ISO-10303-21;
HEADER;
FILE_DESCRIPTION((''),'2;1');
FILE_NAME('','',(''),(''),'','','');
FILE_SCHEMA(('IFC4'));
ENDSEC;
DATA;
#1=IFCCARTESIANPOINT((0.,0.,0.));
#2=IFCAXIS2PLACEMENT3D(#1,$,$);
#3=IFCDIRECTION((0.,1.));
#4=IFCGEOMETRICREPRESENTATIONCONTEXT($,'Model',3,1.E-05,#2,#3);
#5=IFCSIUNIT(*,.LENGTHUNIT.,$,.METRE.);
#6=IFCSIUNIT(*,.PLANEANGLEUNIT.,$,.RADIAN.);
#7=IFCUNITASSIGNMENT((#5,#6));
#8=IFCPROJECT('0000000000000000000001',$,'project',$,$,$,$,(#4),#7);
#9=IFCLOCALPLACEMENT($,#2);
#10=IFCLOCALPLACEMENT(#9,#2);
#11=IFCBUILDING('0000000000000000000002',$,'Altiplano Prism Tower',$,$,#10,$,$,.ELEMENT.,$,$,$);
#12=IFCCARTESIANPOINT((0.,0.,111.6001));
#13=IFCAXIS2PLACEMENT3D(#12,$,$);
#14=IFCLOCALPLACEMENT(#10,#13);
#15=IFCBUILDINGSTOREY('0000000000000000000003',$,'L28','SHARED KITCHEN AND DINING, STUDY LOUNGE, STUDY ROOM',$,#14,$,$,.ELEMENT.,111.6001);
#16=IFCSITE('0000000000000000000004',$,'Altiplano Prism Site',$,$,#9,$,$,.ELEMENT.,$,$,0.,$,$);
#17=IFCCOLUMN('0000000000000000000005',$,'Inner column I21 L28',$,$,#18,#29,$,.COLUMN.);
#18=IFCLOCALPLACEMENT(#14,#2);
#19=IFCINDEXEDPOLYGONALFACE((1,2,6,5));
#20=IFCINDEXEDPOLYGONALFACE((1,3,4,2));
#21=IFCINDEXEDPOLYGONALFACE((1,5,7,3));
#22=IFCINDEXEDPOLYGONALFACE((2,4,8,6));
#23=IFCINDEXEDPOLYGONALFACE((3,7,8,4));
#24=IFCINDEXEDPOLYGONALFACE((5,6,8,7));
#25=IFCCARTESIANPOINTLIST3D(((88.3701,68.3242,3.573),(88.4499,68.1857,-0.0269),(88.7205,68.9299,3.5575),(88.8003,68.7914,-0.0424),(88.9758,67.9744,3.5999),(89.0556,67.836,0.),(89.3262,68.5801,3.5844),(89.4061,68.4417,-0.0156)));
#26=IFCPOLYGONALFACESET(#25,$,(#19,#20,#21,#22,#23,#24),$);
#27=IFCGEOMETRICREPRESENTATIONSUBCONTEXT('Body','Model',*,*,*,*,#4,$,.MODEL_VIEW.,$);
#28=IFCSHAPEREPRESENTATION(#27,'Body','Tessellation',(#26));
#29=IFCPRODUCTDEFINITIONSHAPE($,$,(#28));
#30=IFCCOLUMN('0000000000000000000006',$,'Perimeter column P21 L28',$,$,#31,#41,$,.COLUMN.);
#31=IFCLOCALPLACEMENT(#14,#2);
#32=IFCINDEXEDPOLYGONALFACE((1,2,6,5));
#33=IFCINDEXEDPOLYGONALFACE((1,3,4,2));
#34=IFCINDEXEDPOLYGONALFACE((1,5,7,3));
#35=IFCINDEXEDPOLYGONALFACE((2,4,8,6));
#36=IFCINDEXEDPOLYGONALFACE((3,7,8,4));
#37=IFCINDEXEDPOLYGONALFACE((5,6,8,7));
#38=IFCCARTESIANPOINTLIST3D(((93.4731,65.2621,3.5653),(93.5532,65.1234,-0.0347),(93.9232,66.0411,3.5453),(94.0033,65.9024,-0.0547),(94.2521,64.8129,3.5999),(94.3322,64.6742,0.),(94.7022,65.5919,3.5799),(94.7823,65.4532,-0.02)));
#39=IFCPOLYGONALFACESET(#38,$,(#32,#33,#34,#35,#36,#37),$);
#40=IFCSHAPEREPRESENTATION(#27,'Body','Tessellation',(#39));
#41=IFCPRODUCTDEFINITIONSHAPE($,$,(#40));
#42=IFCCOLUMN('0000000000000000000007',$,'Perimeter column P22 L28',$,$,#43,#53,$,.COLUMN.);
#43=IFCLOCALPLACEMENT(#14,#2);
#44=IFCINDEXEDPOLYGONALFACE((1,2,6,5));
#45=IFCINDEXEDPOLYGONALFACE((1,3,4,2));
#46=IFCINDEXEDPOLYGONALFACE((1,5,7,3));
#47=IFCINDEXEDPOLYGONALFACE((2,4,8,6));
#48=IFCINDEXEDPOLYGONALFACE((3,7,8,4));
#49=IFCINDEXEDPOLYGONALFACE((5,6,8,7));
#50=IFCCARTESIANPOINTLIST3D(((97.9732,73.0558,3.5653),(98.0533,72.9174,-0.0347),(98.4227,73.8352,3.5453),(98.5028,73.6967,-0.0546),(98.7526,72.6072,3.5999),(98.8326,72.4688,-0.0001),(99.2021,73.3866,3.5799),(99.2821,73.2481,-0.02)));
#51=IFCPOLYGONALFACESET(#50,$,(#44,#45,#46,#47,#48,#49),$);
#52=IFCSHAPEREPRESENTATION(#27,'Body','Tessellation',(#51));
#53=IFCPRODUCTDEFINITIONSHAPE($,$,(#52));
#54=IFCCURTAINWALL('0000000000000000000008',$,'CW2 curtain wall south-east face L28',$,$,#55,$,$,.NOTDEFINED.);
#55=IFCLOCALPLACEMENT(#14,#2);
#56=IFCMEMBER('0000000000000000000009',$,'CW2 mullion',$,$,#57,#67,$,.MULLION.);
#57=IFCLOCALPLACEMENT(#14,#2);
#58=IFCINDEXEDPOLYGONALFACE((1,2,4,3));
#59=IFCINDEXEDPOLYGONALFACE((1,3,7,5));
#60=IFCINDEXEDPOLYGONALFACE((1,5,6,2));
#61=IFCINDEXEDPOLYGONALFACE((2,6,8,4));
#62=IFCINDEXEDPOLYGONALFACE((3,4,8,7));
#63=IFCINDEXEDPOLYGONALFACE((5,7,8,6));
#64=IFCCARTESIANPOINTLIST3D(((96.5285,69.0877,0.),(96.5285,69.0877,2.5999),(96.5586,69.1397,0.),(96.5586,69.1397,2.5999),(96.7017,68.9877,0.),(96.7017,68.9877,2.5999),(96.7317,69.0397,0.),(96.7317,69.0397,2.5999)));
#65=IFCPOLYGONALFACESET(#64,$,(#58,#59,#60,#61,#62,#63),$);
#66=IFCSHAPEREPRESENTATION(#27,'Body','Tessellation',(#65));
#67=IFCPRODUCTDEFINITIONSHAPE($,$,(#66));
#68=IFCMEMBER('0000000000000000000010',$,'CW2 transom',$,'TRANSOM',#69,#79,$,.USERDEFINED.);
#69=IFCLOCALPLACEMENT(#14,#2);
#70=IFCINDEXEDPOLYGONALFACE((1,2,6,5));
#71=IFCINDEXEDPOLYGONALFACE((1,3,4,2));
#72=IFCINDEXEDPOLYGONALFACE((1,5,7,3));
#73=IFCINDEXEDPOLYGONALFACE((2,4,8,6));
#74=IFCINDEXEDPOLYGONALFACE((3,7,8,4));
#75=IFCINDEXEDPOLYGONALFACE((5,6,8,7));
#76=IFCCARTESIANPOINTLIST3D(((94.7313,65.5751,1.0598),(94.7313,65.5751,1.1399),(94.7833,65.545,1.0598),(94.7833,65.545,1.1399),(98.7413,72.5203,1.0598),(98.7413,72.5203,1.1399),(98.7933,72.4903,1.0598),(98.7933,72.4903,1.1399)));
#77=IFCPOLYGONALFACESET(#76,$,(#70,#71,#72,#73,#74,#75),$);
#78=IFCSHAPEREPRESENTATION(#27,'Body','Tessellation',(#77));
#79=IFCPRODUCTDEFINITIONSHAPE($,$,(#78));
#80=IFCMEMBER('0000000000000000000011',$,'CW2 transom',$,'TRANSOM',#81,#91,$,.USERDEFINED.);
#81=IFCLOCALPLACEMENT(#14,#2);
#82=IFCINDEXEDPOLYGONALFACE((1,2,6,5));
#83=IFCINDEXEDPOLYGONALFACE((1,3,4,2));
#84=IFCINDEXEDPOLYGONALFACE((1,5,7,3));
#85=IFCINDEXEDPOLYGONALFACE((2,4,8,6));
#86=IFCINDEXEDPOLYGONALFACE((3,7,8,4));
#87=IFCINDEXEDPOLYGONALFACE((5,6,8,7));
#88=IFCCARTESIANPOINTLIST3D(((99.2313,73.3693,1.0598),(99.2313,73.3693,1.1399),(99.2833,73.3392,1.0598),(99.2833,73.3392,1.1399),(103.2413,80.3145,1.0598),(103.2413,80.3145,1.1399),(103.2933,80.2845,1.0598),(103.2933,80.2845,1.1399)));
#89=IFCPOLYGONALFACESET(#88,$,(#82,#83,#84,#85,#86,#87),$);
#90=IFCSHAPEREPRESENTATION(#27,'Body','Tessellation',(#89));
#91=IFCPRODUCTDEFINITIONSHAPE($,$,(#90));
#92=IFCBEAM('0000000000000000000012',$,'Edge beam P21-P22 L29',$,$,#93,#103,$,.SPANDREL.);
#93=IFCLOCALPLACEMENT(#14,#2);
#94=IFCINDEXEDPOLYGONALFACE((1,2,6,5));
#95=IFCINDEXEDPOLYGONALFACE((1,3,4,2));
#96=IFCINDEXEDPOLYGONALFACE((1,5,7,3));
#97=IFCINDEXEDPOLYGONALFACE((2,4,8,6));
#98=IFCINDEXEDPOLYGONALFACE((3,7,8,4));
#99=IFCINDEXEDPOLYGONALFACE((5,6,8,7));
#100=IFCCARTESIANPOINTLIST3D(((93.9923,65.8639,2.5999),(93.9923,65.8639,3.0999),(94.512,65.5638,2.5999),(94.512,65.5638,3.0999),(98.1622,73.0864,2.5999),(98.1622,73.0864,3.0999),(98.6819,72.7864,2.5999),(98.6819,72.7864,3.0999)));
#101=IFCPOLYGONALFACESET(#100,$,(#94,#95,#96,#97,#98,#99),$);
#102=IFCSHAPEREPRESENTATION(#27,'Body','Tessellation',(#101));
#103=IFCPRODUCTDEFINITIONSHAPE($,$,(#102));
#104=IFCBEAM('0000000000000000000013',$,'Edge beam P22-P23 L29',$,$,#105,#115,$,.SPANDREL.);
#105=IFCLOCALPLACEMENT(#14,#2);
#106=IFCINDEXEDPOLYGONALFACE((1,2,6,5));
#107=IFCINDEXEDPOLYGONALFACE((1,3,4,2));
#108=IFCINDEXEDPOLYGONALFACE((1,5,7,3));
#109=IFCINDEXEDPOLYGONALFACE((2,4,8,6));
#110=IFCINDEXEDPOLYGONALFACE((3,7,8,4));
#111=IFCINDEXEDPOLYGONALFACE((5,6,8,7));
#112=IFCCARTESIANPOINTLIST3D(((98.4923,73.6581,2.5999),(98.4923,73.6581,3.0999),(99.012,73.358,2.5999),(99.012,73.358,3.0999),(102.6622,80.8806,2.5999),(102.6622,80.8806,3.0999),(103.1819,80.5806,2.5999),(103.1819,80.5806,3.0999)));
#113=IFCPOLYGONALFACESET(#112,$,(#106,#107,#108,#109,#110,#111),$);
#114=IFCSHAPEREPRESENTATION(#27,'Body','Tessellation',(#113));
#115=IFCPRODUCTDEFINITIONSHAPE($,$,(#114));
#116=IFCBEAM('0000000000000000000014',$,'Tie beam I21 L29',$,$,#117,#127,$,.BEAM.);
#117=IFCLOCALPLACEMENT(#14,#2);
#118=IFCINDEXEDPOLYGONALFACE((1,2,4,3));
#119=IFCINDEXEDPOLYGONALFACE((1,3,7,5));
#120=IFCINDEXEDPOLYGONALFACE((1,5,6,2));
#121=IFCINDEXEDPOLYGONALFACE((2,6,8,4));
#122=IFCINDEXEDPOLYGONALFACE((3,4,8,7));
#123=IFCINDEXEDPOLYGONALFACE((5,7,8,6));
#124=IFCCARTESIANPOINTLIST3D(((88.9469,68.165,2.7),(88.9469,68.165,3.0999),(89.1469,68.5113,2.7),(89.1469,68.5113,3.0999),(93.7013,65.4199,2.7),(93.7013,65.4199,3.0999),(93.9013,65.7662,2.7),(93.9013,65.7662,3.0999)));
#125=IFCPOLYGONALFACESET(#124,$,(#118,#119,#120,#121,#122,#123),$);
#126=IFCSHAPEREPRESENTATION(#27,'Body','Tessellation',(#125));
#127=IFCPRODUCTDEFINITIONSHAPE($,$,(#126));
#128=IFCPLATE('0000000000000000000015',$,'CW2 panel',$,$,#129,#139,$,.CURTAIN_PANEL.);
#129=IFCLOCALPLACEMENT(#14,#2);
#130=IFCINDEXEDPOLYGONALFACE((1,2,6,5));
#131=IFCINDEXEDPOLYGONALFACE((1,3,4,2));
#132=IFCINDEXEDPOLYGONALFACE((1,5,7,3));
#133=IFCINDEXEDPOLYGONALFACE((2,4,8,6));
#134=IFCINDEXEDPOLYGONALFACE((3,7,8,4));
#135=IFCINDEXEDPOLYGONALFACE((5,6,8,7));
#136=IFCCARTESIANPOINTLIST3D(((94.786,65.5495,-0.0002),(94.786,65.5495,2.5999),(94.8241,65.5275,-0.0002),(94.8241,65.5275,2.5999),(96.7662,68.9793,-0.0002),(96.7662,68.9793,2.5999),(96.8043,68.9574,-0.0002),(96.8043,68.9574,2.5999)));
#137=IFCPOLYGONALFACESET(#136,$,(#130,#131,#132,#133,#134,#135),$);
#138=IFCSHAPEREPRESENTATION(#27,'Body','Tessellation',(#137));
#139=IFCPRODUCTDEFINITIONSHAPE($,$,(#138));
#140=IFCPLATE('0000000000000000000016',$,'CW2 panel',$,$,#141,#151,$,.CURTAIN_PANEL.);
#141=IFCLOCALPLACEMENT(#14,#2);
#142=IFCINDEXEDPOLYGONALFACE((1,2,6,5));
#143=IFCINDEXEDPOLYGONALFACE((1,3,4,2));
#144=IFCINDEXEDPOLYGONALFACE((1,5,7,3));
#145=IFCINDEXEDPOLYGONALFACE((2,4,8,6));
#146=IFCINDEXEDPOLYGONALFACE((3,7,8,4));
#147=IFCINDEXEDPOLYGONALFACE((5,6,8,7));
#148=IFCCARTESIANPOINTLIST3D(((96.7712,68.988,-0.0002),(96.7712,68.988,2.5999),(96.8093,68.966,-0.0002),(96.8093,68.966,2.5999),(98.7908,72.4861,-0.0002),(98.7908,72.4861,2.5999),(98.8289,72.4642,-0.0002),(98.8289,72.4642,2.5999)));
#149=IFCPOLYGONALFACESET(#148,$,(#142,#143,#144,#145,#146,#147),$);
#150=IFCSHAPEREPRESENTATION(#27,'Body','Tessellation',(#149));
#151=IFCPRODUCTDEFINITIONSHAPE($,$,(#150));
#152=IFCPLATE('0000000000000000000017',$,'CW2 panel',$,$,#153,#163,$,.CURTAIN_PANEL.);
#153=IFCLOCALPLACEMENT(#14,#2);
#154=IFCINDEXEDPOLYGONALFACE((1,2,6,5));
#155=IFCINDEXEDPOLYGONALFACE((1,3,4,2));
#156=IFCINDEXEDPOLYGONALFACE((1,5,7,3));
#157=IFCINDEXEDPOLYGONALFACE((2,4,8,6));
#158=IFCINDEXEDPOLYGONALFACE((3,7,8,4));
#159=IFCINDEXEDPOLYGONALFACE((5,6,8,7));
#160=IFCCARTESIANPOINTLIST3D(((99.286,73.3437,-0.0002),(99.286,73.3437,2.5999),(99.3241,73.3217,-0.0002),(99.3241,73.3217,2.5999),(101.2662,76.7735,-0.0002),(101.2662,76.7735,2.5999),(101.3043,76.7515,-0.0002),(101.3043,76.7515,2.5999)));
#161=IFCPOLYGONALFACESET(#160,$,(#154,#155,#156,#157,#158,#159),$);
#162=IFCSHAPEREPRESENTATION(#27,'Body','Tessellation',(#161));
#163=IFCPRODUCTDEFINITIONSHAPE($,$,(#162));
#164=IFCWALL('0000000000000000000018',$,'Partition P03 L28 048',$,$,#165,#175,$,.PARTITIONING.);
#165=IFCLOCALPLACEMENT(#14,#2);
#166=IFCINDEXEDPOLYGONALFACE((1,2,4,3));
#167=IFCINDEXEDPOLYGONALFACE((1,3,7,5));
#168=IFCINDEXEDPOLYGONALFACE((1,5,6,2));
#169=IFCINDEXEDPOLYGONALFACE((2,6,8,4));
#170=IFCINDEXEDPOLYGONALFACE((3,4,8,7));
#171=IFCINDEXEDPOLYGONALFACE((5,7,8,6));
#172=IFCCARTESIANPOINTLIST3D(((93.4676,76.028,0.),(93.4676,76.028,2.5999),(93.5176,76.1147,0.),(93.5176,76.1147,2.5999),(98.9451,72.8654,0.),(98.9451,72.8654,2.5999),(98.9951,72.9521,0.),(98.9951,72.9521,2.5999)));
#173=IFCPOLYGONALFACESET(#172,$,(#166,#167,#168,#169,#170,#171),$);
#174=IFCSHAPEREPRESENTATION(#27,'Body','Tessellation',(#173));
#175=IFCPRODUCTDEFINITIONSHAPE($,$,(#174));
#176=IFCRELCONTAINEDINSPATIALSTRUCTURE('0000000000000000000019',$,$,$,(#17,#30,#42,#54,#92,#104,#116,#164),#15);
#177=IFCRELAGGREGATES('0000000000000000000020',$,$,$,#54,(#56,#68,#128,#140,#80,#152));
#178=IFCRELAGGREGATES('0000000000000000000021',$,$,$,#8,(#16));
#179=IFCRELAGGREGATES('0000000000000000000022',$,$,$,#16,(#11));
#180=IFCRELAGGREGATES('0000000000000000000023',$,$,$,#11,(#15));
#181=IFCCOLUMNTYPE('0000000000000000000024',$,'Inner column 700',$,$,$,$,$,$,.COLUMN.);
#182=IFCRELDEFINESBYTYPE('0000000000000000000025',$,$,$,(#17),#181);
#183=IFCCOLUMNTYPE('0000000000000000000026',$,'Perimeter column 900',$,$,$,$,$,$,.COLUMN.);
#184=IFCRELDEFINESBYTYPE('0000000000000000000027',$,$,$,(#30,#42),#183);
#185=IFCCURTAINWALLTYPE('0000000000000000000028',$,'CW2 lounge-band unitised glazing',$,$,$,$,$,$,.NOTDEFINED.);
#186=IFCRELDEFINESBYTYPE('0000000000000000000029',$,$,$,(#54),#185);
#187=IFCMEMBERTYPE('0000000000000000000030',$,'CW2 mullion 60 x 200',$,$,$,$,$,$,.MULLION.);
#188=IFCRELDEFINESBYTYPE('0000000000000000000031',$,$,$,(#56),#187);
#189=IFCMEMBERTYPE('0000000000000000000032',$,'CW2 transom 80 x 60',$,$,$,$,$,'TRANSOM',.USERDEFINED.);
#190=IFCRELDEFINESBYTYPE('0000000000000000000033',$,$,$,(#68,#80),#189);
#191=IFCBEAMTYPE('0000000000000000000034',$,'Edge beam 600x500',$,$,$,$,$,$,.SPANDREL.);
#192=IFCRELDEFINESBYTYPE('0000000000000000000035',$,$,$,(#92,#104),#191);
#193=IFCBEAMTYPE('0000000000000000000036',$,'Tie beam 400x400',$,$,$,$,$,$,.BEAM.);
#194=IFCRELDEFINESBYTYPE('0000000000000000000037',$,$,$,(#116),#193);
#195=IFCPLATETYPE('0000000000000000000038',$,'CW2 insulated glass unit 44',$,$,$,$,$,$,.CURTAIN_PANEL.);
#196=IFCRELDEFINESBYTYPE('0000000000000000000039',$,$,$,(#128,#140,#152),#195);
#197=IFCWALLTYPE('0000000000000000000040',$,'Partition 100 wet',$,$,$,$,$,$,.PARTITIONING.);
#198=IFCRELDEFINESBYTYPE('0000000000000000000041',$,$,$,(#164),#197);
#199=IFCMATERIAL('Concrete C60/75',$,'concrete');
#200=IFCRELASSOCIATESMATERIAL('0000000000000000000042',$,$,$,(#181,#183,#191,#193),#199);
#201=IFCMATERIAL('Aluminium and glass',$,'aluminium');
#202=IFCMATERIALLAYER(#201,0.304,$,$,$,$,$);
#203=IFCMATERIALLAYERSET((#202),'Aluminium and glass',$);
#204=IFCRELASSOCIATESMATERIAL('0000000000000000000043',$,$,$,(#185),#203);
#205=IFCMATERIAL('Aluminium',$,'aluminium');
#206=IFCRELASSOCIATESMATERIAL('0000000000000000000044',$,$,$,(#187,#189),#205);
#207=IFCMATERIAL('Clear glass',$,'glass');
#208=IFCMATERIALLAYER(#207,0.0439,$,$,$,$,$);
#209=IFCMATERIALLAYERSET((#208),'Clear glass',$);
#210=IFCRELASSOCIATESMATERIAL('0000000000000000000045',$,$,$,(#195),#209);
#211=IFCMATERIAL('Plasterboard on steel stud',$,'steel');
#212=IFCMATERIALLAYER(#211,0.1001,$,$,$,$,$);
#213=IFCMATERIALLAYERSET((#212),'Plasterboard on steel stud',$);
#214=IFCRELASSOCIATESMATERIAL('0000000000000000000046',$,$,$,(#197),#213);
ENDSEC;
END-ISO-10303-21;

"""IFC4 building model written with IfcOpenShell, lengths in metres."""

from ifc_helpers import new_model, si_unit, direction, frame, frame_2d, origin, origin_2d, place, context, subcontext, project, spatial, rectangle, extrude, material, layer, layer_set, material_profile, profile_set, type_object, element, aggregate, save


model = new_model("IFC4")

# Units and contexts
model_context = context("Model", 3, precision=1e-05, world=origin(), true_north=direction((0.0, 1.0)))
body_context = subcontext(model_context, "Body", "Model", "MODEL_VIEW")
ifc_project = project(units=[si_unit("LENGTHUNIT", "METRE"), si_unit("PLANEANGLEUNIT", "RADIAN")], contexts=[model_context])

# Site, building, storey
site_placement = place(None, origin())
site = spatial("IfcSite", under=ifc_project, at=site_placement, Name="Altiplano Prism Site", CompositionType="ELEMENT", RefElevation=0.0)
building_placement = place(site_placement, origin())
building = spatial("IfcBuilding", under=site, at=building_placement, Name="Altiplano Prism Tower", CompositionType="ELEMENT")
storey_placement = place(building_placement, frame((0.0, 0.0, 111.6001)))
storey = spatial("IfcBuildingStorey", under=building, at=storey_placement, Name="L28", Description="SHARED KITCHEN AND DINING, STUDY LOUNGE, STUDY ROOM", CompositionType="ELEMENT", Elevation=111.6001)

# Columns
ifc_material_1 = material(Name="Concrete C60/75", Category="concrete")
ifc_material_profile_1 = material_profile(ifc_material_1, rectangle(XDim=0.7, YDim=0.7, at=origin_2d()), Name="Inner column 700")
ifc_profile_set_1 = profile_set([ifc_material_profile_1], Name="Concrete C60/75")
column_type_1 = type_object("IfcColumnType", Name="Inner column 700", PredefinedType="COLUMN", material=ifc_profile_set_1)
column_placement = place(storey_placement, frame((88.928, 68.3137, -0.0212), z_axis=(-0.022155, 0.038416, 0.999016), x_axis=(-0.500653, -0.865364, 0.022173)))
element("IfcColumn", 1, at=column_placement, inside=storey, type_object=column_type_1, Name="Inner column I21 L28", PredefinedType="COLUMN", context=body_context, shape_type="SweptSolid", body=[
    extrude(rectangle(XDim=0.7, YDim=0.7, at=origin_2d()), origin(), (0.0, 0.0, 1.0), 3.6035),
])
ifc_material_profile_2 = material_profile(ifc_material_1, rectangle(XDim=0.8999, YDim=0.8999, at=origin_2d()), Name="Perimeter column 900")
ifc_profile_set_2 = profile_set([ifc_material_profile_2], Name="Concrete C60/75")
column_type_2 = type_object("IfcColumnType", Name="Perimeter column 900", PredefinedType="COLUMN", material=ifc_profile_set_2)
for number, where, z_axis, x_axis, name in (
    (2, (94.1677, 65.2883, -0.0273), (-0.022223, 0.038483, 0.999012), (-0.50017, -0.865642, 0.02222), "Perimeter column P21 L28"),
    (3, (98.6677, 73.0828, -0.0273), (-0.022223, 0.038416, 0.999015), (-0.499508, -0.866025, 0.02219), "Perimeter column P22 L28"),
):
    element("IfcColumn", number, at=place(storey_placement, frame(where, z_axis=z_axis, x_axis=x_axis)), inside=storey, type_object=column_type_2, Name=name, PredefinedType="COLUMN", context=body_context, shape_type="SweptSolid", body=[
        extrude(rectangle(XDim=0.8999, YDim=0.8999, at=origin_2d()), origin(), (0.0, 0.0, 1.0), 3.6035),
    ])

# Curtain wall, members
ifc_material_2 = material(Name="Aluminium and glass", Category="aluminium")
ifc_layer_1 = layer(ifc_material_2, 0.304)
ifc_layer_set_1 = layer_set([ifc_layer_1], Name="Aluminium and glass")
curtain_wall_type = type_object("IfcCurtainWallType", Name="CW2 lounge-band unitised glazing", PredefinedType="NOTDEFINED", material=ifc_layer_set_1)
curtain_wall_placement = place(storey_placement, origin())
curtain_wall = element("IfcCurtainWall", 4, at=curtain_wall_placement, inside=storey, type_object=curtain_wall_type, Name="CW2 curtain wall south-east face L28", PredefinedType="NOTDEFINED")
ifc_material_3 = material(Name="Aluminium", Category="aluminium")
ifc_material_profile_3 = material_profile(ifc_material_3, rectangle(XDim=0.2, YDim=0.0601, at=origin_2d()), Name="CW2 mullion 60 x 200")
ifc_profile_set_3 = profile_set([ifc_material_profile_3], Name="Aluminium")
member_type_1 = type_object("IfcMemberType", Name="CW2 mullion 60 x 200", PredefinedType="MULLION", material=ifc_profile_set_3)
member_1_placement = place(storey_placement, frame((96.6301, 69.0637, 0.0), z_axis=(0.0, 0.0, 1.0), x_axis=(-0.866025, 0.5, 0.0)))
member_1 = element("IfcMember", 5, at=member_1_placement, type_object=member_type_1, Name="CW2 mullion", PredefinedType="MULLION", context=body_context, shape_type="SweptSolid", body=[
    extrude(rectangle(XDim=0.2, YDim=0.0601, at=origin_2d()), origin(), (0.0, 0.0, 1.0), 2.5999),
])
ifc_material_profile_4 = material_profile(ifc_material_3, rectangle(XDim=0.0601, YDim=0.0801, at=origin_2d()), Name="CW2 transom 80 x 60")
ifc_profile_set_4 = profile_set([ifc_material_profile_4], Name="Aluminium")
member_type_2 = type_object("IfcMemberType", Name="CW2 transom 80 x 60", ElementType="TRANSOM", PredefinedType="USERDEFINED", material=ifc_profile_set_4)
member_2_placement = place(storey_placement, frame((94.7573, 65.5601, 1.0999), z_axis=(0.500012, 0.866018, 0.0), x_axis=(-0.866018, 0.500012, 0.0)))
member_2 = element("IfcMember", 6, at=member_2_placement, type_object=member_type_2, Name="CW2 transom", ObjectType="TRANSOM", PredefinedType="USERDEFINED", context=body_context, shape_type="SweptSolid", body=[
    extrude(rectangle(XDim=0.0601, YDim=0.0801, at=origin_2d()), origin(), (0.0, 0.0, 1.0), 8.0198),
])
member_3_placement = place(storey_placement, frame((99.2573, 73.3542, 1.0999), z_axis=(0.500012, 0.866018, 0.0), x_axis=(-0.866018, 0.500012, 0.0)))
member_3 = element("IfcMember", 7, at=member_3_placement, type_object=member_type_2, Name="CW2 transom", ObjectType="TRANSOM", PredefinedType="USERDEFINED", context=body_context, shape_type="SweptSolid", body=[
    extrude(rectangle(XDim=0.0601, YDim=0.0801, at=origin_2d()), origin(), (0.0, 0.0, 1.0), 8.0198),
])

# Beams
ifc_material_profile_5 = material_profile(ifc_material_1, rectangle(XDim=0.6001, YDim=0.5, at=origin_2d()), Name="Edge beam 600x500")
ifc_profile_set_5 = profile_set([ifc_material_profile_5], Name="Concrete C60/75")
beam_type_1 = type_object("IfcBeamType", Name="Edge beam 600x500", PredefinedType="SPANDREL", material=ifc_profile_set_5)
for number, where, z_axis, x_axis, name in (
    (8, (94.2522, 65.7139, 2.8499), (0.499993, 0.86603, 0.0), (-0.86603, 0.499993, 0.0), "Edge beam P21-P22 L29"),
    (9, (98.7522, 73.5081, 2.8499), (0.499993, 0.86603, 0.0), (-0.86603, 0.499993, 0.0), "Edge beam P22-P23 L29"),
):
    element("IfcBeam", number, at=place(storey_placement, frame(where, z_axis=z_axis, x_axis=x_axis)), inside=storey, type_object=beam_type_1, Name=name, PredefinedType="SPANDREL", context=body_context, shape_type="SweptSolid", body=[
        extrude(rectangle(XDim=0.6001, YDim=0.5, at=origin_2d()), origin(), (0.0, 0.0, 1.0), 8.3398),
    ])
ifc_material_profile_6 = material_profile(ifc_material_1, rectangle(XDim=0.3999, YDim=0.3999, at=origin_2d()), Name="Tie beam 400x400")
ifc_profile_set_6 = profile_set([ifc_material_profile_6], Name="Concrete C60/75")
beam_type_2 = type_object("IfcBeamType", Name="Tie beam 400x400", PredefinedType="BEAM", material=ifc_profile_set_6)
beam_placement = place(storey_placement, frame((89.0469, 68.3381, 2.8999), z_axis=(0.866012, -0.500023, 0.0), x_axis=(0.500023, 0.866012, 0.0)))
element("IfcBeam", 10, at=beam_placement, inside=storey, type_object=beam_type_2, Name="Tie beam I21 L29", PredefinedType="BEAM", context=body_context, shape_type="SweptSolid", body=[
    extrude(rectangle(XDim=0.3999, YDim=0.3999, at=origin_2d()), origin(), (0.0, 0.0, 1.0), 5.49),
])

# Plates
ifc_material_4 = material(Name="Clear glass", Category="glass")
ifc_layer_2 = layer(ifc_material_4, 0.0439)
ifc_layer_set_2 = layer_set([ifc_layer_2], Name="Clear glass")
plate_type = type_object("IfcPlateType", Name="CW2 insulated glass unit 44", PredefinedType="CURTAIN_PANEL", material=ifc_layer_set_2)
plate_1_placement = place(storey_placement, frame((95.7952, 67.2534, -0.0002), z_axis=(0.0, 0.0, 1.0), x_axis=(0.5, 0.866025, 0.0)))
plate_1 = element("IfcPlate", 11, at=plate_1_placement, type_object=plate_type, Name="CW2 panel", PredefinedType="CURTAIN_PANEL", context=body_context, shape_type="SweptSolid", body=[
    extrude(rectangle(XDim=3.9604, YDim=0.0439, at=origin_2d()), origin(), (0.0, 0.0, 1.0), 2.6001),
])
plate_2_placement = place(storey_placement, frame((97.8, 70.7261, -0.0002), z_axis=(0.0, 0.0, 1.0), x_axis=(0.5, 0.866025, 0.0)))
plate_2 = element("IfcPlate", 12, at=plate_2_placement, type_object=plate_type, Name="CW2 panel", PredefinedType="CURTAIN_PANEL", context=body_context, shape_type="SweptSolid", body=[
    extrude(rectangle(XDim=4.0393, YDim=0.0439, at=origin_2d()), origin(), (0.0, 0.0, 1.0), 2.6001),
])
plate_3_placement = place(storey_placement, frame((100.2952, 75.0476, -0.0002), z_axis=(0.0, 0.0, 1.0), x_axis=(0.5, 0.866025, 0.0)))
plate_3 = element("IfcPlate", 13, at=plate_3_placement, type_object=plate_type, Name="CW2 panel", PredefinedType="CURTAIN_PANEL", context=body_context, shape_type="SweptSolid", body=[
    extrude(rectangle(XDim=3.9604, YDim=0.0439, at=origin_2d()), origin(), (0.0, 0.0, 1.0), 2.6001),
])
aggregate(curtain_wall, [member_1, member_2, plate_1, plate_2, member_3, plate_3])

# Wall
ifc_material_5 = material(Name="Plasterboard on steel stud", Category="steel")
ifc_layer_3 = layer(ifc_material_5, 0.1001)
ifc_layer_set_3 = layer_set([ifc_layer_3], Name="Plasterboard on steel stud")
wall_type_1 = type_object("IfcWallType", Name="Partition 100 wet", PredefinedType="PARTITIONING", material=ifc_layer_set_3)
wall_1_placement = place(storey_placement, frame((98.9702, 72.9087, 0.0), z_axis=(0.0, 0.0, 1.0), x_axis=(-0.866016, 0.500016, 0.0)))
element("IfcWall", 14, at=wall_1_placement, inside=storey, type_object=wall_type_1, Name="Partition P03 L28 048", PredefinedType="PARTITIONING", context=body_context, shape_type="SweptSolid", body=[
    extrude(rectangle(XDim=6.325, YDim=0.1001, at=frame_2d((3.1626, 0.0))), origin(), (0.0, 0.0, 1.0), 2.5999),
])

save(model, "model.ifc")
